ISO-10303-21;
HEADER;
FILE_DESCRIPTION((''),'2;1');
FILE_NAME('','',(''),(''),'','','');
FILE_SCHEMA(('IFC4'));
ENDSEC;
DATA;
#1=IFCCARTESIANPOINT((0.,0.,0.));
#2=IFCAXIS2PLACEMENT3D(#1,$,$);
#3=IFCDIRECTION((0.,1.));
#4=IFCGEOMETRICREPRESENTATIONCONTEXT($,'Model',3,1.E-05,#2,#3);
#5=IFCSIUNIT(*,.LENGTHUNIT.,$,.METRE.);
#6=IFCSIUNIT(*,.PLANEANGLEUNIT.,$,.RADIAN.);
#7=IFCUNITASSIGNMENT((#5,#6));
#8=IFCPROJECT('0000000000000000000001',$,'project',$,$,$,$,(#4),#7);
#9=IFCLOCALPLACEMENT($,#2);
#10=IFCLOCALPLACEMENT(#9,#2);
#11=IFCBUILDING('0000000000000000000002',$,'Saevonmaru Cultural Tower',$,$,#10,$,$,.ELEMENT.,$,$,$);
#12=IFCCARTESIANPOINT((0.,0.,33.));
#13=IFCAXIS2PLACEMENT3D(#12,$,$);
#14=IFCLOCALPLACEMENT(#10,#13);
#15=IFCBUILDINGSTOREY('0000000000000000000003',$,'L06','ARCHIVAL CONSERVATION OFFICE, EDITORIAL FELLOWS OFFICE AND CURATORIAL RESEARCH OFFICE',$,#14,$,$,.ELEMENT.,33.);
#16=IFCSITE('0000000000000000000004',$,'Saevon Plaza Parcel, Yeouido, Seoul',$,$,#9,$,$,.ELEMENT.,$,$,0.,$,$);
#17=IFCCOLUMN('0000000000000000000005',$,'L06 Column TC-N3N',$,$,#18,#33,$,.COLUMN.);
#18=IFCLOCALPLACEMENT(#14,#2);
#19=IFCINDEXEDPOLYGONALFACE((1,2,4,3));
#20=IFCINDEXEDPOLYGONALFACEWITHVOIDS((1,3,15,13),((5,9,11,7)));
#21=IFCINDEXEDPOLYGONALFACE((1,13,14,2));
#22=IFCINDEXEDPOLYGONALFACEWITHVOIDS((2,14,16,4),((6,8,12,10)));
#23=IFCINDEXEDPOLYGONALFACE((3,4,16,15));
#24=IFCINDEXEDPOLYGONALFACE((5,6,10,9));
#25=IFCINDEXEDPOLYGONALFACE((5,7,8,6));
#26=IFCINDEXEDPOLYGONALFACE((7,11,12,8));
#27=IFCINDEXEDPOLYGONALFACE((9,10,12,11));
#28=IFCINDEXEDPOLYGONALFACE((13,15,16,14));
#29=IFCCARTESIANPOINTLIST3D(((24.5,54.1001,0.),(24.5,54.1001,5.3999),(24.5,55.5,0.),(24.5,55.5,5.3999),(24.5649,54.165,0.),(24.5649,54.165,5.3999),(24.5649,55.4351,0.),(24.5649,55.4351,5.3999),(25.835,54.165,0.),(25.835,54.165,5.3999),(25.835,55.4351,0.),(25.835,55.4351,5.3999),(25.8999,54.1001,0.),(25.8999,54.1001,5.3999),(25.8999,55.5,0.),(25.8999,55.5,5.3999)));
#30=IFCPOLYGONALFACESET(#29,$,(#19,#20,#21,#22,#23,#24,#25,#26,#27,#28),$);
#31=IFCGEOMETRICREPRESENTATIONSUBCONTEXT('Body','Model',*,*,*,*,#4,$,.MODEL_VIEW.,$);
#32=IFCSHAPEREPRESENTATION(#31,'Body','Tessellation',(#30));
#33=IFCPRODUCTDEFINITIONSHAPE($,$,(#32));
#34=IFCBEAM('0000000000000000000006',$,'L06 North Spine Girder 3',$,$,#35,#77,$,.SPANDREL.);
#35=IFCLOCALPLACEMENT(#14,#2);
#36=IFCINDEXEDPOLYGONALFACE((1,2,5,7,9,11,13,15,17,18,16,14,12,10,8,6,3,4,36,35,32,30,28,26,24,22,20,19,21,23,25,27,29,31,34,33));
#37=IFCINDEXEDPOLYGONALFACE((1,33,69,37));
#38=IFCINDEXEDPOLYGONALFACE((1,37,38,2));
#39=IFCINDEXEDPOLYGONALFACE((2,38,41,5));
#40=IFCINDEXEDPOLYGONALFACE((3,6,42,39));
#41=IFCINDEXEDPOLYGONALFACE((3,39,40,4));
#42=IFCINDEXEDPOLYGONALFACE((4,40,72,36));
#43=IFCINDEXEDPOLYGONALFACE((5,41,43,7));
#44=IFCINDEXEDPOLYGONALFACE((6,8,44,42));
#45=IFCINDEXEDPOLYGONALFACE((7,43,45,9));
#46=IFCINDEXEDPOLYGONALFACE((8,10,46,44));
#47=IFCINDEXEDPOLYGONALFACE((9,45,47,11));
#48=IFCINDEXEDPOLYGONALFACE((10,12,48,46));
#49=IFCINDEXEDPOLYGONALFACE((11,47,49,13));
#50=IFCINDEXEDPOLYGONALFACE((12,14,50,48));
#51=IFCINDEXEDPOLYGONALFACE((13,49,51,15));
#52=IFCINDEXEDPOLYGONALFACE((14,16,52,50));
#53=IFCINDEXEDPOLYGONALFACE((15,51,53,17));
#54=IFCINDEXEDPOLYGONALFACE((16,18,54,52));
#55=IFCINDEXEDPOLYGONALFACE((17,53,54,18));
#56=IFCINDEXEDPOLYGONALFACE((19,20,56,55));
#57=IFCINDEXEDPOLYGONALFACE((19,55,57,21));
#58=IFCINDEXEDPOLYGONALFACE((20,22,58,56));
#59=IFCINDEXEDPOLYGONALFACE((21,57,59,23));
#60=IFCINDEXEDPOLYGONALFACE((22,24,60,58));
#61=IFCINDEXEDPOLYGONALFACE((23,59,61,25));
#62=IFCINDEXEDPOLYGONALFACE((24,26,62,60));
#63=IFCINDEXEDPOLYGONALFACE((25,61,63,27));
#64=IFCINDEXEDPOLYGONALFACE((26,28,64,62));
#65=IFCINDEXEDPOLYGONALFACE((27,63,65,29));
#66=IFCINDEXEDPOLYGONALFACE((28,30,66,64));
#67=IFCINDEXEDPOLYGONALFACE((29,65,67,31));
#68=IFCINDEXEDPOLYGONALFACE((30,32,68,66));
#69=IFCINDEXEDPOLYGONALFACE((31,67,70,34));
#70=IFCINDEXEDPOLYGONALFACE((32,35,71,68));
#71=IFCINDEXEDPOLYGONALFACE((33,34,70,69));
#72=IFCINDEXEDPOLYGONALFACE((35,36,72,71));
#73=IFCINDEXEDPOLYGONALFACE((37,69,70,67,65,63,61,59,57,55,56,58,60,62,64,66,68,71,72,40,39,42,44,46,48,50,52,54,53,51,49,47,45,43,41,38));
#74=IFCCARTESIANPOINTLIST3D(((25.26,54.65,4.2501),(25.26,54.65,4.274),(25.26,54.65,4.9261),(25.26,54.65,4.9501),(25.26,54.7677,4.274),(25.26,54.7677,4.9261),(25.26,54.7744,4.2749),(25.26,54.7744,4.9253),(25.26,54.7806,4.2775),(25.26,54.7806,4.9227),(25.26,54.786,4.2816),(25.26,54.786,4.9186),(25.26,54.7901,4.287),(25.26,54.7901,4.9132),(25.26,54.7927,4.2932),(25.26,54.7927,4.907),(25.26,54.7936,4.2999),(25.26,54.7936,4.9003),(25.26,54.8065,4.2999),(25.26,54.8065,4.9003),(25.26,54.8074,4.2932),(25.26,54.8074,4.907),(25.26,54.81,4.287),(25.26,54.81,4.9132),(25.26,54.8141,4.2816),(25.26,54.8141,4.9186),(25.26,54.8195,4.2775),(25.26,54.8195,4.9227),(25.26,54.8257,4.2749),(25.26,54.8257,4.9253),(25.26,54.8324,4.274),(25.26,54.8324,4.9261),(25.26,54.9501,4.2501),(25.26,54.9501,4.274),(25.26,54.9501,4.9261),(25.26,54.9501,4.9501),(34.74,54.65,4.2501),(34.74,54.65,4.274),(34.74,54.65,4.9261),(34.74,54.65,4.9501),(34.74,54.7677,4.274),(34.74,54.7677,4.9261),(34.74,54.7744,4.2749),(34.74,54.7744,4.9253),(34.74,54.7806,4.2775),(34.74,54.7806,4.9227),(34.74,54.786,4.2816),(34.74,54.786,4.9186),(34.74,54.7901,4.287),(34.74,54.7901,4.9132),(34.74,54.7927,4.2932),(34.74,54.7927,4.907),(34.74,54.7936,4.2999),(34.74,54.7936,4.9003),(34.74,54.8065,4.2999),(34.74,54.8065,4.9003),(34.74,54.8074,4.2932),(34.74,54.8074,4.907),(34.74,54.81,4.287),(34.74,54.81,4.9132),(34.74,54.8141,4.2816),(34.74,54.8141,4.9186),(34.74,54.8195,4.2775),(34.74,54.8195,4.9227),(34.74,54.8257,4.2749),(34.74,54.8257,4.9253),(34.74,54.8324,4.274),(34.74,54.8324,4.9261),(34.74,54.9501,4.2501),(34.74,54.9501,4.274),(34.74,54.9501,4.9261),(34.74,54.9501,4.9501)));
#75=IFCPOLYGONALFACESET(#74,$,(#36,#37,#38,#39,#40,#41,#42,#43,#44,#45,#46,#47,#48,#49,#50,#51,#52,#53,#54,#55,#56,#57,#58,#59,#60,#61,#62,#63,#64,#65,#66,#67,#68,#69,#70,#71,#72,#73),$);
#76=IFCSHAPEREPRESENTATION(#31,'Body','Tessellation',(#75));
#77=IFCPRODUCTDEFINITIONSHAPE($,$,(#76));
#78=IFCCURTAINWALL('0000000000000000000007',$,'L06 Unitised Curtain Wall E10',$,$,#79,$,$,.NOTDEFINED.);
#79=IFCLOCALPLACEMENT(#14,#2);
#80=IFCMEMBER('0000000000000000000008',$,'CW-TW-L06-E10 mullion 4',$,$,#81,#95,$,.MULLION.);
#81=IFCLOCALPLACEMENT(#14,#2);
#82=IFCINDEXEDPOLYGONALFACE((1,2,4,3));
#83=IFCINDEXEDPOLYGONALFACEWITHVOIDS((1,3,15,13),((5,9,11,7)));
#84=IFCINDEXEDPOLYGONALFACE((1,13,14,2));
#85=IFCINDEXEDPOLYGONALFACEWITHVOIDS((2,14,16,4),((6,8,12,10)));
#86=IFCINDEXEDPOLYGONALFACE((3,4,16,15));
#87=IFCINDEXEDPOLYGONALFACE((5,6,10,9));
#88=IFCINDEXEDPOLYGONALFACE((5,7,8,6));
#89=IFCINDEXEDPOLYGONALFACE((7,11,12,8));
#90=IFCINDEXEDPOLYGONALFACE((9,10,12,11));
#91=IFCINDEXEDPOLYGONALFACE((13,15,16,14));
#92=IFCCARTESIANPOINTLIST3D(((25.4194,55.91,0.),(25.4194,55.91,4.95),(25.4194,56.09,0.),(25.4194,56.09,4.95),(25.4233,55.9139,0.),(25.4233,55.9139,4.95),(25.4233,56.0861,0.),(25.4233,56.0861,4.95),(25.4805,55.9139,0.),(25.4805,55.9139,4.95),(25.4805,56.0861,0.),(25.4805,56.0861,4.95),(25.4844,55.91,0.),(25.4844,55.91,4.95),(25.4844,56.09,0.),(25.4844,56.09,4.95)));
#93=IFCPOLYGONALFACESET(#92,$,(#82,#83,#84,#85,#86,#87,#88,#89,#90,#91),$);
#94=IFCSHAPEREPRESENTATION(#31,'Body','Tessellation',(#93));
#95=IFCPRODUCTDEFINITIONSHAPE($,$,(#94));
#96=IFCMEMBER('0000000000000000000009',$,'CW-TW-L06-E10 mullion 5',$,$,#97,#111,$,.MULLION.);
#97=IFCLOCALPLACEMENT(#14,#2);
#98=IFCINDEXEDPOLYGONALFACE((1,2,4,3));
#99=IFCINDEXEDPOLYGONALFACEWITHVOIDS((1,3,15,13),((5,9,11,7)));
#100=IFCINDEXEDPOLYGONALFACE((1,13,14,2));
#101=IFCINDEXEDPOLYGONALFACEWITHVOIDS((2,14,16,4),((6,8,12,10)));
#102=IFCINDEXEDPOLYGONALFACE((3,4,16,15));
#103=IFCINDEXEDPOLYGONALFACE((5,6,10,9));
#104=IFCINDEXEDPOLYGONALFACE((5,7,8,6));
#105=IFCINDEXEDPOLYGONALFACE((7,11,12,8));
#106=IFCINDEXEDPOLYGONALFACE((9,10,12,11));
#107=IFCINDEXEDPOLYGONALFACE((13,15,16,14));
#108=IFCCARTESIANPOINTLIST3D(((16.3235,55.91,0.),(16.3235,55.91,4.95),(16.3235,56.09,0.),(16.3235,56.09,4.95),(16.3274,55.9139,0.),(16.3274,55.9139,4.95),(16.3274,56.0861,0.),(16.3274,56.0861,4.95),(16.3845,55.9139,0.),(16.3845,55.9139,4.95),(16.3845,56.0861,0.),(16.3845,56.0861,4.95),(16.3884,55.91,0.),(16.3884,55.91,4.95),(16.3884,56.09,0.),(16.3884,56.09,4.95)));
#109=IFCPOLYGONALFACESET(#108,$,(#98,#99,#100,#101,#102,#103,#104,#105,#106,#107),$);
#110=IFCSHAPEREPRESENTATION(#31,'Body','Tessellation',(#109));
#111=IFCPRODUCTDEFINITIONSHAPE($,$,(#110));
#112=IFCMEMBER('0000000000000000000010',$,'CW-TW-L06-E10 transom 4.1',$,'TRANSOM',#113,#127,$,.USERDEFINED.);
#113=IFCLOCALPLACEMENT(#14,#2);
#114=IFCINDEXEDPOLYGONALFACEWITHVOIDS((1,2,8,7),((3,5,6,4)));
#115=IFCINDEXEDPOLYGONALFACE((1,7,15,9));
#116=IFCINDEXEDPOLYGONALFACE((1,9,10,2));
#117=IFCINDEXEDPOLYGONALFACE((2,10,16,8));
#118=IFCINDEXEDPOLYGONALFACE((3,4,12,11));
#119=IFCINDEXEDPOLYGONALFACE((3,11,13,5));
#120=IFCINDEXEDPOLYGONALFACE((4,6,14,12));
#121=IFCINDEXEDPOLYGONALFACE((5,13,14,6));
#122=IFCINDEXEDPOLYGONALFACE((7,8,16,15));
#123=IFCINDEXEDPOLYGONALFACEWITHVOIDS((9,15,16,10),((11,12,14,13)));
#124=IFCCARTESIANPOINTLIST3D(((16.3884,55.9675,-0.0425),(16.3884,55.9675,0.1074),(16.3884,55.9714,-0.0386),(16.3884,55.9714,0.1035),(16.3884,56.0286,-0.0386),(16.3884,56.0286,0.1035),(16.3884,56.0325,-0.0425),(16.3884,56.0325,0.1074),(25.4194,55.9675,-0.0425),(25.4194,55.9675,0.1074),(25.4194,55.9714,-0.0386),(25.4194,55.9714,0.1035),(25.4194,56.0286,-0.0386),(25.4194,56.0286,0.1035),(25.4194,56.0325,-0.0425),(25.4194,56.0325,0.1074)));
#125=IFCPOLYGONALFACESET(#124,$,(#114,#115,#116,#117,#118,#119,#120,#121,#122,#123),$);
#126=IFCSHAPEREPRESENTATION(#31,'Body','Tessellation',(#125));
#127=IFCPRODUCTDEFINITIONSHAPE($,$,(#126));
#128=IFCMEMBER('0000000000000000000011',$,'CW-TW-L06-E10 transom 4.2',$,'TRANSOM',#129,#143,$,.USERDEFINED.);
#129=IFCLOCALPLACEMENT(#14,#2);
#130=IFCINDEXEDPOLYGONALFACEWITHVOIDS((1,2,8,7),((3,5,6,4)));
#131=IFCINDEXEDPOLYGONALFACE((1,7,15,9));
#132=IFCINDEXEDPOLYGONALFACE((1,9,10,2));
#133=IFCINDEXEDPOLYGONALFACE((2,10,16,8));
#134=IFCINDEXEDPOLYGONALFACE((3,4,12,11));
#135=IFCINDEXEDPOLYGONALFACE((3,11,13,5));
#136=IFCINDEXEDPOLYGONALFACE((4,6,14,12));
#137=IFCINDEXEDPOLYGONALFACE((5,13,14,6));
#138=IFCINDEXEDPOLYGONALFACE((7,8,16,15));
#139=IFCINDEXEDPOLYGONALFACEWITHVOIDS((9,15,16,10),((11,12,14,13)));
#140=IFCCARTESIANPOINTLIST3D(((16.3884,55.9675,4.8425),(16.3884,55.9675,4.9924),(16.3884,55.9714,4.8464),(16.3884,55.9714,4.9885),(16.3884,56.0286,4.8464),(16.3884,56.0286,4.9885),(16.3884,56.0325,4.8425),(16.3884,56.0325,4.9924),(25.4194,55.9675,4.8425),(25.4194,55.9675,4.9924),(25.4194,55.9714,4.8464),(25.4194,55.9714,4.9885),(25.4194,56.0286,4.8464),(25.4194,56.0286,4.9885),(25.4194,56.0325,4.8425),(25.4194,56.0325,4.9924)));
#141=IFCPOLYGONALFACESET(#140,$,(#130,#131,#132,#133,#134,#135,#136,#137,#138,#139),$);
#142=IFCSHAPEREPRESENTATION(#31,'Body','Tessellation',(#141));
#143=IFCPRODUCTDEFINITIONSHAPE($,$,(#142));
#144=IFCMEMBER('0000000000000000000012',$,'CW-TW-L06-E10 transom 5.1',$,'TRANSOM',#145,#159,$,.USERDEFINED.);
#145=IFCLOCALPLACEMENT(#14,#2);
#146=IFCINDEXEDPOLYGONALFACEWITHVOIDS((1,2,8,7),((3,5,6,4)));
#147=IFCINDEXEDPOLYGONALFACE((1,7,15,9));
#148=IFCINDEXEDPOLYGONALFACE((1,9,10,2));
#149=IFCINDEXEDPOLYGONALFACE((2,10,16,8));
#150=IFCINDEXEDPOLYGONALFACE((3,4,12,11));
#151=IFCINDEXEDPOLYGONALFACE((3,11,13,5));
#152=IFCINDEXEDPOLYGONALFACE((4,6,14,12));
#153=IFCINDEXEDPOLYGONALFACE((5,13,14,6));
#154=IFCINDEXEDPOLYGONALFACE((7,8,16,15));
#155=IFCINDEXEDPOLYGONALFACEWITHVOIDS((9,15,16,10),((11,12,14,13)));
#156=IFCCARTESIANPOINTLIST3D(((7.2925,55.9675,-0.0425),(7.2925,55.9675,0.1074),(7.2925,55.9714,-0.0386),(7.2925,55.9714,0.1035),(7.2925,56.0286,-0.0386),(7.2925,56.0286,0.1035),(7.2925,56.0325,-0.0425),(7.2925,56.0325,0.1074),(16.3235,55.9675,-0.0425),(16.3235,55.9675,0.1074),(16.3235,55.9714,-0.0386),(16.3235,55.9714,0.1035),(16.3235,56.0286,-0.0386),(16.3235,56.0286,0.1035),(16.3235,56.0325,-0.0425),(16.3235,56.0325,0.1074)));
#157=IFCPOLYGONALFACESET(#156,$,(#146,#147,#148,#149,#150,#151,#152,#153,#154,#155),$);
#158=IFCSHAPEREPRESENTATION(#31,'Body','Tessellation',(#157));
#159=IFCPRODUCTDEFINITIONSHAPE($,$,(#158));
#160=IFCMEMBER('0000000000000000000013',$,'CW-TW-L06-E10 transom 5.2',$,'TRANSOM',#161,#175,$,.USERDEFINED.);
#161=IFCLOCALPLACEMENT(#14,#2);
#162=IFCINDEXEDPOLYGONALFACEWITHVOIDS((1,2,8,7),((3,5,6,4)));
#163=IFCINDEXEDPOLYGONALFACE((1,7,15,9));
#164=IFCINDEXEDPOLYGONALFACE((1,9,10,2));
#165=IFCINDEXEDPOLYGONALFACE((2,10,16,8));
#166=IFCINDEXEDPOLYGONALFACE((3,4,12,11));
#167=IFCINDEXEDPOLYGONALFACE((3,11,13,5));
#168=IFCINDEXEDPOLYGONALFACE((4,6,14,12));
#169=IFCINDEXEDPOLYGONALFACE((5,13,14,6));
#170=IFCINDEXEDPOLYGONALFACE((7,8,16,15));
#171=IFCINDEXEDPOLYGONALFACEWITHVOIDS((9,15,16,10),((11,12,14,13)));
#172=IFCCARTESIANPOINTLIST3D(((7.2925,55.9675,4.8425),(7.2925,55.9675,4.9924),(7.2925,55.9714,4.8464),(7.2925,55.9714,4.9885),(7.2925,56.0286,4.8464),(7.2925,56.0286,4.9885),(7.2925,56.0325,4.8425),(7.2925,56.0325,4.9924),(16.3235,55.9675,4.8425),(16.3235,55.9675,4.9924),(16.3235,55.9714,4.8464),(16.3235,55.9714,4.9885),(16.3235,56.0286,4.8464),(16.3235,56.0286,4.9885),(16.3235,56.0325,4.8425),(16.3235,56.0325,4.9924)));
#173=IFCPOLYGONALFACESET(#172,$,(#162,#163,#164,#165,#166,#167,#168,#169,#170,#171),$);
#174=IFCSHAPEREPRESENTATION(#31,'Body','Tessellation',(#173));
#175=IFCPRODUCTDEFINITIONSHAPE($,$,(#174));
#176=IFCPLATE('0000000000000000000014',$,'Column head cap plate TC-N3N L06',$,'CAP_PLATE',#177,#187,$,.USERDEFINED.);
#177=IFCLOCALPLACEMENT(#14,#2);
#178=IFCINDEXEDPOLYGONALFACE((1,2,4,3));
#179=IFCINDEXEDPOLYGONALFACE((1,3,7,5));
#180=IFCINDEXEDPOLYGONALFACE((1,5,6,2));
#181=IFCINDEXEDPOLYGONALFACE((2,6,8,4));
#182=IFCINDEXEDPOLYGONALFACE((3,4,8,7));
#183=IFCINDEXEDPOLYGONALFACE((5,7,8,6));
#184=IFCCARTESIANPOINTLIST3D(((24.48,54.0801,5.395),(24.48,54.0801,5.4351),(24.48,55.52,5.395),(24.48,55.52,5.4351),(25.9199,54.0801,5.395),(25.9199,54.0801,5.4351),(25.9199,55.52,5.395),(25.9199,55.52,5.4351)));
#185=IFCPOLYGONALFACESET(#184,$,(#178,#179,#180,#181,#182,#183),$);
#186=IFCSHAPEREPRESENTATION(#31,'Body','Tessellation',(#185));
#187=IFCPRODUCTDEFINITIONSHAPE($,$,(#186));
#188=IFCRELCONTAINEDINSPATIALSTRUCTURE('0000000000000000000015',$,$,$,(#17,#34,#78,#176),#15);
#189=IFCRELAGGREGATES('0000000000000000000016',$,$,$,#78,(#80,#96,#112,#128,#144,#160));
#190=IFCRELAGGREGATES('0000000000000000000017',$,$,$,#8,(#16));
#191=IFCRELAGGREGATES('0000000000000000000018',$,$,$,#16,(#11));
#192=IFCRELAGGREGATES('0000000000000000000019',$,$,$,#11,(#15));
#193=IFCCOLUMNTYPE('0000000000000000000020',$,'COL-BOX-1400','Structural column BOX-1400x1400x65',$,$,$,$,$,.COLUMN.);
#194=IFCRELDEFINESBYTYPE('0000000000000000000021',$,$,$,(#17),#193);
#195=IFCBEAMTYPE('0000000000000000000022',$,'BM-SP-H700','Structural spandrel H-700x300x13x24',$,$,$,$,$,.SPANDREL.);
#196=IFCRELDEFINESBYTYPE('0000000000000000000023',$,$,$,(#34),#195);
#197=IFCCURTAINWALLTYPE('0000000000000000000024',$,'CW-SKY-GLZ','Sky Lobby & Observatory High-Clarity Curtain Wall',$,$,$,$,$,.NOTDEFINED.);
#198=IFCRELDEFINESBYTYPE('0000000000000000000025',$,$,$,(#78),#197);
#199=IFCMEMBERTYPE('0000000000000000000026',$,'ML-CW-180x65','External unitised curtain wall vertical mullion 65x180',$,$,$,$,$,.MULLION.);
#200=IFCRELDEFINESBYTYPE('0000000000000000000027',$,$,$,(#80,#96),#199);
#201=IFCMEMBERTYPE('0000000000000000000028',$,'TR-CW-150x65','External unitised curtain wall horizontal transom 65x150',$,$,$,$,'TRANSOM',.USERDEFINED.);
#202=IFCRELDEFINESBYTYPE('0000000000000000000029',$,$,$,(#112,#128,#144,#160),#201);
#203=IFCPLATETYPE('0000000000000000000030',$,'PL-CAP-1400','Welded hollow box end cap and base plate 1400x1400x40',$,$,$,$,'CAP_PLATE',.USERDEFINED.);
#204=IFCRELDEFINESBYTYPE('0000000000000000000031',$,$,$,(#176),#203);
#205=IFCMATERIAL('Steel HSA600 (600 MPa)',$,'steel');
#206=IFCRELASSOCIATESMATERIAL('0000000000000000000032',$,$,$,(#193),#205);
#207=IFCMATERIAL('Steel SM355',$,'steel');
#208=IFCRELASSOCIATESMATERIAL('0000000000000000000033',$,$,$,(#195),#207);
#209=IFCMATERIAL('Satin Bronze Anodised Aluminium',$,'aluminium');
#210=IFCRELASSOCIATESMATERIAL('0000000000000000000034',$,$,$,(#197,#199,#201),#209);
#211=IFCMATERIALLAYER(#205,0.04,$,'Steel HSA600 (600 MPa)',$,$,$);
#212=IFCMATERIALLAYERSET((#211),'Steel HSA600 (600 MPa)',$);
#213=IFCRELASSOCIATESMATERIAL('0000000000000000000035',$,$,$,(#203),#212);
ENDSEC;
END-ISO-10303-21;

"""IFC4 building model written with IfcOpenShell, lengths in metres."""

from ifc_helpers import new_model, si_unit, direction, frame, origin, origin_2d, place, context, subcontext, project, spatial, rectangle, hollow_rectangle, i_section, extrude, material, layer, layer_set, material_profile, profile_set, type_object, element, aggregate, save


model = new_model("IFC4")

# Units and contexts
model_context = context("Model", 3, precision=1e-05, world=origin(), true_north=direction((0.0, 1.0)))
body_context = subcontext(model_context, "Body", "Model", "MODEL_VIEW")
ifc_project = project(units=[si_unit("LENGTHUNIT", "METRE"), si_unit("PLANEANGLEUNIT", "RADIAN")], contexts=[model_context])

# Site, building, storey
site_placement = place(None, origin())
site = spatial("IfcSite", under=ifc_project, at=site_placement, Name="Saevon Plaza Parcel, Yeouido, Seoul", CompositionType="ELEMENT", RefElevation=0.0)
building_placement = place(site_placement, origin())
building = spatial("IfcBuilding", under=site, at=building_placement, Name="Saevonmaru Cultural Tower", CompositionType="ELEMENT")
storey_placement = place(building_placement, frame((0.0, 0.0, 33.0)))
storey = spatial("IfcBuildingStorey", under=building, at=storey_placement, Name="L06", Description="ARCHIVAL CONSERVATION OFFICE, EDITORIAL FELLOWS OFFICE AND CURATORIAL RESEARCH OFFICE", CompositionType="ELEMENT", Elevation=33.0)

# Column
ifc_material_1 = material(Name="Steel HSA600 (600 MPa)", Category="steel")
ifc_material_profile_1 = material_profile(ifc_material_1, hollow_rectangle(XDim=1.3999, YDim=1.3999, WallThickness=0.0649, at=origin_2d()), Name="BOX-1400x1400x65")
ifc_profile_set_1 = profile_set([ifc_material_profile_1], Name="Steel HSA600 (600 MPa)")
column_type = type_object("IfcColumnType", Name="COL-BOX-1400", Description="Structural column BOX-1400x1400x65", PredefinedType="COLUMN", material=ifc_profile_set_1)
column_placement = place(storey_placement, frame((25.2, 54.8, 0.0), z_axis=(0.0, 0.0, 1.0), x_axis=(1.0, 0.0, 0.0)))
element("IfcColumn", 1, at=column_placement, inside=storey, type_object=column_type, Name="L06 Column TC-N3N", PredefinedType="COLUMN", context=body_context, shape_type="SweptSolid", body=[
    extrude(hollow_rectangle(XDim=1.3999, YDim=1.3999, WallThickness=0.0649, at=origin_2d()), origin(), (0.0, 0.0, 1.0), 5.3999),
])

# Beam
ifc_material_2 = material(Name="Steel SM355", Category="steel")
ifc_material_profile_2 = material_profile(ifc_material_2, i_section(OverallWidth=0.3, OverallDepth=0.7, WebThickness=0.0129, FlangeThickness=0.0239, FilletRadius=0.0259, at=origin_2d()), Name="H-700x300x13x24")
ifc_profile_set_2 = profile_set([ifc_material_profile_2], Name="Steel SM355")
beam_type = type_object("IfcBeamType", Name="BM-SP-H700", Description="Structural spandrel H-700x300x13x24", PredefinedType="SPANDREL", material=ifc_profile_set_2)
beam_placement = place(storey_placement, frame((25.26, 54.8, 4.6001), z_axis=(1.0, 0.0, 0.0), x_axis=(0.0, 1.0, 0.0)))
element("IfcBeam", 2, at=beam_placement, inside=storey, type_object=beam_type, Name="L06 North Spine Girder 3", PredefinedType="SPANDREL", context=body_context, shape_type="SweptSolid", body=[
    extrude(i_section(OverallWidth=0.3, OverallDepth=0.7, WebThickness=0.0129, FlangeThickness=0.0239, FilletRadius=0.0259, at=origin_2d()), origin(), (0.0, 0.0, 1.0), 9.48),
])

# Curtain wall, members
ifc_material_3 = material(Name="Satin Bronze Anodised Aluminium", Category="aluminium")
curtain_wall_type = type_object("IfcCurtainWallType", Name="CW-SKY-GLZ", Description="Sky Lobby & Observatory High-Clarity Curtain Wall", PredefinedType="NOTDEFINED", material=ifc_material_3)
curtain_wall_placement = place(storey_placement, origin())
curtain_wall = element("IfcCurtainWall", 3, at=curtain_wall_placement, inside=storey, type_object=curtain_wall_type, Name="L06 Unitised Curtain Wall E10", PredefinedType="NOTDEFINED")
ifc_material_profile_3 = material_profile(ifc_material_3, hollow_rectangle(XDim=0.0649, YDim=0.1799, WallThickness=0.0039, at=origin_2d()), Name="ALU-MULL-180x65x4")
ifc_profile_set_3 = profile_set([ifc_material_profile_3], Name="Satin Bronze Anodised Aluminium")
member_type_1 = type_object("IfcMemberType", Name="ML-CW-180x65", Description="External unitised curtain wall vertical mullion 65x180", PredefinedType="MULLION", material=ifc_profile_set_3)
member_1_placement = place(storey_placement, frame((25.4519, 56.0, 0.0), z_axis=(0.0, 0.0, 1.0), x_axis=(-1.0, 0.0, 0.0)))
member_1 = element("IfcMember", 4, at=member_1_placement, type_object=member_type_1, Name="CW-TW-L06-E10 mullion 4", PredefinedType="MULLION", context=body_context, shape_type="SweptSolid", body=[
    extrude(hollow_rectangle(XDim=0.0649, YDim=0.1799, WallThickness=0.0039, at=origin_2d()), origin(), (0.0, 0.0, 1.0), 4.95),
])
member_2_placement = place(storey_placement, frame((16.356, 56.0, 0.0), z_axis=(0.0, 0.0, 1.0), x_axis=(-1.0, 0.0, 0.0)))
member_2 = element("IfcMember", 5, at=member_2_placement, type_object=member_type_1, Name="CW-TW-L06-E10 mullion 5", PredefinedType="MULLION", context=body_context, shape_type="SweptSolid", body=[
    extrude(hollow_rectangle(XDim=0.0649, YDim=0.1799, WallThickness=0.0039, at=origin_2d()), origin(), (0.0, 0.0, 1.0), 4.95),
])
ifc_material_profile_4 = material_profile(ifc_material_3, hollow_rectangle(XDim=0.0649, YDim=0.1499, WallThickness=0.0039, at=origin_2d()), Name="ALU-TRAN-150x65x4")
ifc_profile_set_4 = profile_set([ifc_material_profile_4], Name="Satin Bronze Anodised Aluminium")
member_type_2 = type_object("IfcMemberType", Name="TR-CW-150x65", Description="External unitised curtain wall horizontal transom 65x150", ElementType="TRANSOM", PredefinedType="USERDEFINED", material=ifc_profile_set_4)
member_3_placement = place(storey_placement, frame((25.4194, 56.0, 0.0325), z_axis=(-1.0, 0.0, 0.0), x_axis=(0.0, -1.0, 0.0)))
member_3 = element("IfcMember", 6, at=member_3_placement, type_object=member_type_2, Name="CW-TW-L06-E10 transom 4.1", ObjectType="TRANSOM", PredefinedType="USERDEFINED", context=body_context, shape_type="SweptSolid", body=[
    extrude(hollow_rectangle(XDim=0.0649, YDim=0.1499, WallThickness=0.0039, at=origin_2d()), origin(), (0.0, 0.0, 1.0), 9.031),
])
member_4_placement = place(storey_placement, frame((25.4194, 56.0, 4.9175), z_axis=(-1.0, 0.0, 0.0), x_axis=(0.0, -1.0, 0.0)))
member_4 = element("IfcMember", 7, at=member_4_placement, type_object=member_type_2, Name="CW-TW-L06-E10 transom 4.2", ObjectType="TRANSOM", PredefinedType="USERDEFINED", context=body_context, shape_type="SweptSolid", body=[
    extrude(hollow_rectangle(XDim=0.0649, YDim=0.1499, WallThickness=0.0039, at=origin_2d()), origin(), (0.0, 0.0, 1.0), 9.031),
])
member_5_placement = place(storey_placement, frame((16.3235, 56.0, 0.0325), z_axis=(-1.0, 0.0, 0.0), x_axis=(0.0, -1.0, 0.0)))
member_5 = element("IfcMember", 8, at=member_5_placement, type_object=member_type_2, Name="CW-TW-L06-E10 transom 5.1", ObjectType="TRANSOM", PredefinedType="USERDEFINED", context=body_context, shape_type="SweptSolid", body=[
    extrude(hollow_rectangle(XDim=0.0649, YDim=0.1499, WallThickness=0.0039, at=origin_2d()), origin(), (0.0, 0.0, 1.0), 9.031),
])
member_6_placement = place(storey_placement, frame((16.3235, 56.0, 4.9175), z_axis=(-1.0, 0.0, 0.0), x_axis=(0.0, -1.0, 0.0)))
member_6 = element("IfcMember", 9, at=member_6_placement, type_object=member_type_2, Name="CW-TW-L06-E10 transom 5.2", ObjectType="TRANSOM", PredefinedType="USERDEFINED", context=body_context, shape_type="SweptSolid", body=[
    extrude(hollow_rectangle(XDim=0.0649, YDim=0.1499, WallThickness=0.0039, at=origin_2d()), origin(), (0.0, 0.0, 1.0), 9.031),
])

# Plate
ifc_layer_1 = layer(ifc_material_1, 0.04, Name="Steel HSA600 (600 MPa)")
ifc_layer_set_1 = layer_set([ifc_layer_1], Name="Steel HSA600 (600 MPa)")
plate_type_1 = type_object("IfcPlateType", Name="PL-CAP-1400", Description="Welded hollow box end cap and base plate 1400x1400x40", ElementType="CAP_PLATE", PredefinedType="USERDEFINED", material=ifc_layer_set_1)
plate_1_placement = place(storey_placement, frame((25.2, 54.8, 5.395), z_axis=(0.0, 0.0, 1.0), x_axis=(1.0, 0.0, 0.0)))
element("IfcPlate", 10, at=plate_1_placement, inside=storey, type_object=plate_type_1, Name="Column head cap plate TC-N3N L06", ObjectType="CAP_PLATE", PredefinedType="USERDEFINED", context=body_context, shape_type="SweptSolid", body=[
    extrude(rectangle(XDim=1.4399, YDim=1.4399, at=origin_2d()), origin(), (0.0, 0.0, 1.0), 0.04),
])
aggregate(curtain_wall, [member_1, member_2, member_3, member_4, member_5, member_6])

save(model, "model.ifc")
